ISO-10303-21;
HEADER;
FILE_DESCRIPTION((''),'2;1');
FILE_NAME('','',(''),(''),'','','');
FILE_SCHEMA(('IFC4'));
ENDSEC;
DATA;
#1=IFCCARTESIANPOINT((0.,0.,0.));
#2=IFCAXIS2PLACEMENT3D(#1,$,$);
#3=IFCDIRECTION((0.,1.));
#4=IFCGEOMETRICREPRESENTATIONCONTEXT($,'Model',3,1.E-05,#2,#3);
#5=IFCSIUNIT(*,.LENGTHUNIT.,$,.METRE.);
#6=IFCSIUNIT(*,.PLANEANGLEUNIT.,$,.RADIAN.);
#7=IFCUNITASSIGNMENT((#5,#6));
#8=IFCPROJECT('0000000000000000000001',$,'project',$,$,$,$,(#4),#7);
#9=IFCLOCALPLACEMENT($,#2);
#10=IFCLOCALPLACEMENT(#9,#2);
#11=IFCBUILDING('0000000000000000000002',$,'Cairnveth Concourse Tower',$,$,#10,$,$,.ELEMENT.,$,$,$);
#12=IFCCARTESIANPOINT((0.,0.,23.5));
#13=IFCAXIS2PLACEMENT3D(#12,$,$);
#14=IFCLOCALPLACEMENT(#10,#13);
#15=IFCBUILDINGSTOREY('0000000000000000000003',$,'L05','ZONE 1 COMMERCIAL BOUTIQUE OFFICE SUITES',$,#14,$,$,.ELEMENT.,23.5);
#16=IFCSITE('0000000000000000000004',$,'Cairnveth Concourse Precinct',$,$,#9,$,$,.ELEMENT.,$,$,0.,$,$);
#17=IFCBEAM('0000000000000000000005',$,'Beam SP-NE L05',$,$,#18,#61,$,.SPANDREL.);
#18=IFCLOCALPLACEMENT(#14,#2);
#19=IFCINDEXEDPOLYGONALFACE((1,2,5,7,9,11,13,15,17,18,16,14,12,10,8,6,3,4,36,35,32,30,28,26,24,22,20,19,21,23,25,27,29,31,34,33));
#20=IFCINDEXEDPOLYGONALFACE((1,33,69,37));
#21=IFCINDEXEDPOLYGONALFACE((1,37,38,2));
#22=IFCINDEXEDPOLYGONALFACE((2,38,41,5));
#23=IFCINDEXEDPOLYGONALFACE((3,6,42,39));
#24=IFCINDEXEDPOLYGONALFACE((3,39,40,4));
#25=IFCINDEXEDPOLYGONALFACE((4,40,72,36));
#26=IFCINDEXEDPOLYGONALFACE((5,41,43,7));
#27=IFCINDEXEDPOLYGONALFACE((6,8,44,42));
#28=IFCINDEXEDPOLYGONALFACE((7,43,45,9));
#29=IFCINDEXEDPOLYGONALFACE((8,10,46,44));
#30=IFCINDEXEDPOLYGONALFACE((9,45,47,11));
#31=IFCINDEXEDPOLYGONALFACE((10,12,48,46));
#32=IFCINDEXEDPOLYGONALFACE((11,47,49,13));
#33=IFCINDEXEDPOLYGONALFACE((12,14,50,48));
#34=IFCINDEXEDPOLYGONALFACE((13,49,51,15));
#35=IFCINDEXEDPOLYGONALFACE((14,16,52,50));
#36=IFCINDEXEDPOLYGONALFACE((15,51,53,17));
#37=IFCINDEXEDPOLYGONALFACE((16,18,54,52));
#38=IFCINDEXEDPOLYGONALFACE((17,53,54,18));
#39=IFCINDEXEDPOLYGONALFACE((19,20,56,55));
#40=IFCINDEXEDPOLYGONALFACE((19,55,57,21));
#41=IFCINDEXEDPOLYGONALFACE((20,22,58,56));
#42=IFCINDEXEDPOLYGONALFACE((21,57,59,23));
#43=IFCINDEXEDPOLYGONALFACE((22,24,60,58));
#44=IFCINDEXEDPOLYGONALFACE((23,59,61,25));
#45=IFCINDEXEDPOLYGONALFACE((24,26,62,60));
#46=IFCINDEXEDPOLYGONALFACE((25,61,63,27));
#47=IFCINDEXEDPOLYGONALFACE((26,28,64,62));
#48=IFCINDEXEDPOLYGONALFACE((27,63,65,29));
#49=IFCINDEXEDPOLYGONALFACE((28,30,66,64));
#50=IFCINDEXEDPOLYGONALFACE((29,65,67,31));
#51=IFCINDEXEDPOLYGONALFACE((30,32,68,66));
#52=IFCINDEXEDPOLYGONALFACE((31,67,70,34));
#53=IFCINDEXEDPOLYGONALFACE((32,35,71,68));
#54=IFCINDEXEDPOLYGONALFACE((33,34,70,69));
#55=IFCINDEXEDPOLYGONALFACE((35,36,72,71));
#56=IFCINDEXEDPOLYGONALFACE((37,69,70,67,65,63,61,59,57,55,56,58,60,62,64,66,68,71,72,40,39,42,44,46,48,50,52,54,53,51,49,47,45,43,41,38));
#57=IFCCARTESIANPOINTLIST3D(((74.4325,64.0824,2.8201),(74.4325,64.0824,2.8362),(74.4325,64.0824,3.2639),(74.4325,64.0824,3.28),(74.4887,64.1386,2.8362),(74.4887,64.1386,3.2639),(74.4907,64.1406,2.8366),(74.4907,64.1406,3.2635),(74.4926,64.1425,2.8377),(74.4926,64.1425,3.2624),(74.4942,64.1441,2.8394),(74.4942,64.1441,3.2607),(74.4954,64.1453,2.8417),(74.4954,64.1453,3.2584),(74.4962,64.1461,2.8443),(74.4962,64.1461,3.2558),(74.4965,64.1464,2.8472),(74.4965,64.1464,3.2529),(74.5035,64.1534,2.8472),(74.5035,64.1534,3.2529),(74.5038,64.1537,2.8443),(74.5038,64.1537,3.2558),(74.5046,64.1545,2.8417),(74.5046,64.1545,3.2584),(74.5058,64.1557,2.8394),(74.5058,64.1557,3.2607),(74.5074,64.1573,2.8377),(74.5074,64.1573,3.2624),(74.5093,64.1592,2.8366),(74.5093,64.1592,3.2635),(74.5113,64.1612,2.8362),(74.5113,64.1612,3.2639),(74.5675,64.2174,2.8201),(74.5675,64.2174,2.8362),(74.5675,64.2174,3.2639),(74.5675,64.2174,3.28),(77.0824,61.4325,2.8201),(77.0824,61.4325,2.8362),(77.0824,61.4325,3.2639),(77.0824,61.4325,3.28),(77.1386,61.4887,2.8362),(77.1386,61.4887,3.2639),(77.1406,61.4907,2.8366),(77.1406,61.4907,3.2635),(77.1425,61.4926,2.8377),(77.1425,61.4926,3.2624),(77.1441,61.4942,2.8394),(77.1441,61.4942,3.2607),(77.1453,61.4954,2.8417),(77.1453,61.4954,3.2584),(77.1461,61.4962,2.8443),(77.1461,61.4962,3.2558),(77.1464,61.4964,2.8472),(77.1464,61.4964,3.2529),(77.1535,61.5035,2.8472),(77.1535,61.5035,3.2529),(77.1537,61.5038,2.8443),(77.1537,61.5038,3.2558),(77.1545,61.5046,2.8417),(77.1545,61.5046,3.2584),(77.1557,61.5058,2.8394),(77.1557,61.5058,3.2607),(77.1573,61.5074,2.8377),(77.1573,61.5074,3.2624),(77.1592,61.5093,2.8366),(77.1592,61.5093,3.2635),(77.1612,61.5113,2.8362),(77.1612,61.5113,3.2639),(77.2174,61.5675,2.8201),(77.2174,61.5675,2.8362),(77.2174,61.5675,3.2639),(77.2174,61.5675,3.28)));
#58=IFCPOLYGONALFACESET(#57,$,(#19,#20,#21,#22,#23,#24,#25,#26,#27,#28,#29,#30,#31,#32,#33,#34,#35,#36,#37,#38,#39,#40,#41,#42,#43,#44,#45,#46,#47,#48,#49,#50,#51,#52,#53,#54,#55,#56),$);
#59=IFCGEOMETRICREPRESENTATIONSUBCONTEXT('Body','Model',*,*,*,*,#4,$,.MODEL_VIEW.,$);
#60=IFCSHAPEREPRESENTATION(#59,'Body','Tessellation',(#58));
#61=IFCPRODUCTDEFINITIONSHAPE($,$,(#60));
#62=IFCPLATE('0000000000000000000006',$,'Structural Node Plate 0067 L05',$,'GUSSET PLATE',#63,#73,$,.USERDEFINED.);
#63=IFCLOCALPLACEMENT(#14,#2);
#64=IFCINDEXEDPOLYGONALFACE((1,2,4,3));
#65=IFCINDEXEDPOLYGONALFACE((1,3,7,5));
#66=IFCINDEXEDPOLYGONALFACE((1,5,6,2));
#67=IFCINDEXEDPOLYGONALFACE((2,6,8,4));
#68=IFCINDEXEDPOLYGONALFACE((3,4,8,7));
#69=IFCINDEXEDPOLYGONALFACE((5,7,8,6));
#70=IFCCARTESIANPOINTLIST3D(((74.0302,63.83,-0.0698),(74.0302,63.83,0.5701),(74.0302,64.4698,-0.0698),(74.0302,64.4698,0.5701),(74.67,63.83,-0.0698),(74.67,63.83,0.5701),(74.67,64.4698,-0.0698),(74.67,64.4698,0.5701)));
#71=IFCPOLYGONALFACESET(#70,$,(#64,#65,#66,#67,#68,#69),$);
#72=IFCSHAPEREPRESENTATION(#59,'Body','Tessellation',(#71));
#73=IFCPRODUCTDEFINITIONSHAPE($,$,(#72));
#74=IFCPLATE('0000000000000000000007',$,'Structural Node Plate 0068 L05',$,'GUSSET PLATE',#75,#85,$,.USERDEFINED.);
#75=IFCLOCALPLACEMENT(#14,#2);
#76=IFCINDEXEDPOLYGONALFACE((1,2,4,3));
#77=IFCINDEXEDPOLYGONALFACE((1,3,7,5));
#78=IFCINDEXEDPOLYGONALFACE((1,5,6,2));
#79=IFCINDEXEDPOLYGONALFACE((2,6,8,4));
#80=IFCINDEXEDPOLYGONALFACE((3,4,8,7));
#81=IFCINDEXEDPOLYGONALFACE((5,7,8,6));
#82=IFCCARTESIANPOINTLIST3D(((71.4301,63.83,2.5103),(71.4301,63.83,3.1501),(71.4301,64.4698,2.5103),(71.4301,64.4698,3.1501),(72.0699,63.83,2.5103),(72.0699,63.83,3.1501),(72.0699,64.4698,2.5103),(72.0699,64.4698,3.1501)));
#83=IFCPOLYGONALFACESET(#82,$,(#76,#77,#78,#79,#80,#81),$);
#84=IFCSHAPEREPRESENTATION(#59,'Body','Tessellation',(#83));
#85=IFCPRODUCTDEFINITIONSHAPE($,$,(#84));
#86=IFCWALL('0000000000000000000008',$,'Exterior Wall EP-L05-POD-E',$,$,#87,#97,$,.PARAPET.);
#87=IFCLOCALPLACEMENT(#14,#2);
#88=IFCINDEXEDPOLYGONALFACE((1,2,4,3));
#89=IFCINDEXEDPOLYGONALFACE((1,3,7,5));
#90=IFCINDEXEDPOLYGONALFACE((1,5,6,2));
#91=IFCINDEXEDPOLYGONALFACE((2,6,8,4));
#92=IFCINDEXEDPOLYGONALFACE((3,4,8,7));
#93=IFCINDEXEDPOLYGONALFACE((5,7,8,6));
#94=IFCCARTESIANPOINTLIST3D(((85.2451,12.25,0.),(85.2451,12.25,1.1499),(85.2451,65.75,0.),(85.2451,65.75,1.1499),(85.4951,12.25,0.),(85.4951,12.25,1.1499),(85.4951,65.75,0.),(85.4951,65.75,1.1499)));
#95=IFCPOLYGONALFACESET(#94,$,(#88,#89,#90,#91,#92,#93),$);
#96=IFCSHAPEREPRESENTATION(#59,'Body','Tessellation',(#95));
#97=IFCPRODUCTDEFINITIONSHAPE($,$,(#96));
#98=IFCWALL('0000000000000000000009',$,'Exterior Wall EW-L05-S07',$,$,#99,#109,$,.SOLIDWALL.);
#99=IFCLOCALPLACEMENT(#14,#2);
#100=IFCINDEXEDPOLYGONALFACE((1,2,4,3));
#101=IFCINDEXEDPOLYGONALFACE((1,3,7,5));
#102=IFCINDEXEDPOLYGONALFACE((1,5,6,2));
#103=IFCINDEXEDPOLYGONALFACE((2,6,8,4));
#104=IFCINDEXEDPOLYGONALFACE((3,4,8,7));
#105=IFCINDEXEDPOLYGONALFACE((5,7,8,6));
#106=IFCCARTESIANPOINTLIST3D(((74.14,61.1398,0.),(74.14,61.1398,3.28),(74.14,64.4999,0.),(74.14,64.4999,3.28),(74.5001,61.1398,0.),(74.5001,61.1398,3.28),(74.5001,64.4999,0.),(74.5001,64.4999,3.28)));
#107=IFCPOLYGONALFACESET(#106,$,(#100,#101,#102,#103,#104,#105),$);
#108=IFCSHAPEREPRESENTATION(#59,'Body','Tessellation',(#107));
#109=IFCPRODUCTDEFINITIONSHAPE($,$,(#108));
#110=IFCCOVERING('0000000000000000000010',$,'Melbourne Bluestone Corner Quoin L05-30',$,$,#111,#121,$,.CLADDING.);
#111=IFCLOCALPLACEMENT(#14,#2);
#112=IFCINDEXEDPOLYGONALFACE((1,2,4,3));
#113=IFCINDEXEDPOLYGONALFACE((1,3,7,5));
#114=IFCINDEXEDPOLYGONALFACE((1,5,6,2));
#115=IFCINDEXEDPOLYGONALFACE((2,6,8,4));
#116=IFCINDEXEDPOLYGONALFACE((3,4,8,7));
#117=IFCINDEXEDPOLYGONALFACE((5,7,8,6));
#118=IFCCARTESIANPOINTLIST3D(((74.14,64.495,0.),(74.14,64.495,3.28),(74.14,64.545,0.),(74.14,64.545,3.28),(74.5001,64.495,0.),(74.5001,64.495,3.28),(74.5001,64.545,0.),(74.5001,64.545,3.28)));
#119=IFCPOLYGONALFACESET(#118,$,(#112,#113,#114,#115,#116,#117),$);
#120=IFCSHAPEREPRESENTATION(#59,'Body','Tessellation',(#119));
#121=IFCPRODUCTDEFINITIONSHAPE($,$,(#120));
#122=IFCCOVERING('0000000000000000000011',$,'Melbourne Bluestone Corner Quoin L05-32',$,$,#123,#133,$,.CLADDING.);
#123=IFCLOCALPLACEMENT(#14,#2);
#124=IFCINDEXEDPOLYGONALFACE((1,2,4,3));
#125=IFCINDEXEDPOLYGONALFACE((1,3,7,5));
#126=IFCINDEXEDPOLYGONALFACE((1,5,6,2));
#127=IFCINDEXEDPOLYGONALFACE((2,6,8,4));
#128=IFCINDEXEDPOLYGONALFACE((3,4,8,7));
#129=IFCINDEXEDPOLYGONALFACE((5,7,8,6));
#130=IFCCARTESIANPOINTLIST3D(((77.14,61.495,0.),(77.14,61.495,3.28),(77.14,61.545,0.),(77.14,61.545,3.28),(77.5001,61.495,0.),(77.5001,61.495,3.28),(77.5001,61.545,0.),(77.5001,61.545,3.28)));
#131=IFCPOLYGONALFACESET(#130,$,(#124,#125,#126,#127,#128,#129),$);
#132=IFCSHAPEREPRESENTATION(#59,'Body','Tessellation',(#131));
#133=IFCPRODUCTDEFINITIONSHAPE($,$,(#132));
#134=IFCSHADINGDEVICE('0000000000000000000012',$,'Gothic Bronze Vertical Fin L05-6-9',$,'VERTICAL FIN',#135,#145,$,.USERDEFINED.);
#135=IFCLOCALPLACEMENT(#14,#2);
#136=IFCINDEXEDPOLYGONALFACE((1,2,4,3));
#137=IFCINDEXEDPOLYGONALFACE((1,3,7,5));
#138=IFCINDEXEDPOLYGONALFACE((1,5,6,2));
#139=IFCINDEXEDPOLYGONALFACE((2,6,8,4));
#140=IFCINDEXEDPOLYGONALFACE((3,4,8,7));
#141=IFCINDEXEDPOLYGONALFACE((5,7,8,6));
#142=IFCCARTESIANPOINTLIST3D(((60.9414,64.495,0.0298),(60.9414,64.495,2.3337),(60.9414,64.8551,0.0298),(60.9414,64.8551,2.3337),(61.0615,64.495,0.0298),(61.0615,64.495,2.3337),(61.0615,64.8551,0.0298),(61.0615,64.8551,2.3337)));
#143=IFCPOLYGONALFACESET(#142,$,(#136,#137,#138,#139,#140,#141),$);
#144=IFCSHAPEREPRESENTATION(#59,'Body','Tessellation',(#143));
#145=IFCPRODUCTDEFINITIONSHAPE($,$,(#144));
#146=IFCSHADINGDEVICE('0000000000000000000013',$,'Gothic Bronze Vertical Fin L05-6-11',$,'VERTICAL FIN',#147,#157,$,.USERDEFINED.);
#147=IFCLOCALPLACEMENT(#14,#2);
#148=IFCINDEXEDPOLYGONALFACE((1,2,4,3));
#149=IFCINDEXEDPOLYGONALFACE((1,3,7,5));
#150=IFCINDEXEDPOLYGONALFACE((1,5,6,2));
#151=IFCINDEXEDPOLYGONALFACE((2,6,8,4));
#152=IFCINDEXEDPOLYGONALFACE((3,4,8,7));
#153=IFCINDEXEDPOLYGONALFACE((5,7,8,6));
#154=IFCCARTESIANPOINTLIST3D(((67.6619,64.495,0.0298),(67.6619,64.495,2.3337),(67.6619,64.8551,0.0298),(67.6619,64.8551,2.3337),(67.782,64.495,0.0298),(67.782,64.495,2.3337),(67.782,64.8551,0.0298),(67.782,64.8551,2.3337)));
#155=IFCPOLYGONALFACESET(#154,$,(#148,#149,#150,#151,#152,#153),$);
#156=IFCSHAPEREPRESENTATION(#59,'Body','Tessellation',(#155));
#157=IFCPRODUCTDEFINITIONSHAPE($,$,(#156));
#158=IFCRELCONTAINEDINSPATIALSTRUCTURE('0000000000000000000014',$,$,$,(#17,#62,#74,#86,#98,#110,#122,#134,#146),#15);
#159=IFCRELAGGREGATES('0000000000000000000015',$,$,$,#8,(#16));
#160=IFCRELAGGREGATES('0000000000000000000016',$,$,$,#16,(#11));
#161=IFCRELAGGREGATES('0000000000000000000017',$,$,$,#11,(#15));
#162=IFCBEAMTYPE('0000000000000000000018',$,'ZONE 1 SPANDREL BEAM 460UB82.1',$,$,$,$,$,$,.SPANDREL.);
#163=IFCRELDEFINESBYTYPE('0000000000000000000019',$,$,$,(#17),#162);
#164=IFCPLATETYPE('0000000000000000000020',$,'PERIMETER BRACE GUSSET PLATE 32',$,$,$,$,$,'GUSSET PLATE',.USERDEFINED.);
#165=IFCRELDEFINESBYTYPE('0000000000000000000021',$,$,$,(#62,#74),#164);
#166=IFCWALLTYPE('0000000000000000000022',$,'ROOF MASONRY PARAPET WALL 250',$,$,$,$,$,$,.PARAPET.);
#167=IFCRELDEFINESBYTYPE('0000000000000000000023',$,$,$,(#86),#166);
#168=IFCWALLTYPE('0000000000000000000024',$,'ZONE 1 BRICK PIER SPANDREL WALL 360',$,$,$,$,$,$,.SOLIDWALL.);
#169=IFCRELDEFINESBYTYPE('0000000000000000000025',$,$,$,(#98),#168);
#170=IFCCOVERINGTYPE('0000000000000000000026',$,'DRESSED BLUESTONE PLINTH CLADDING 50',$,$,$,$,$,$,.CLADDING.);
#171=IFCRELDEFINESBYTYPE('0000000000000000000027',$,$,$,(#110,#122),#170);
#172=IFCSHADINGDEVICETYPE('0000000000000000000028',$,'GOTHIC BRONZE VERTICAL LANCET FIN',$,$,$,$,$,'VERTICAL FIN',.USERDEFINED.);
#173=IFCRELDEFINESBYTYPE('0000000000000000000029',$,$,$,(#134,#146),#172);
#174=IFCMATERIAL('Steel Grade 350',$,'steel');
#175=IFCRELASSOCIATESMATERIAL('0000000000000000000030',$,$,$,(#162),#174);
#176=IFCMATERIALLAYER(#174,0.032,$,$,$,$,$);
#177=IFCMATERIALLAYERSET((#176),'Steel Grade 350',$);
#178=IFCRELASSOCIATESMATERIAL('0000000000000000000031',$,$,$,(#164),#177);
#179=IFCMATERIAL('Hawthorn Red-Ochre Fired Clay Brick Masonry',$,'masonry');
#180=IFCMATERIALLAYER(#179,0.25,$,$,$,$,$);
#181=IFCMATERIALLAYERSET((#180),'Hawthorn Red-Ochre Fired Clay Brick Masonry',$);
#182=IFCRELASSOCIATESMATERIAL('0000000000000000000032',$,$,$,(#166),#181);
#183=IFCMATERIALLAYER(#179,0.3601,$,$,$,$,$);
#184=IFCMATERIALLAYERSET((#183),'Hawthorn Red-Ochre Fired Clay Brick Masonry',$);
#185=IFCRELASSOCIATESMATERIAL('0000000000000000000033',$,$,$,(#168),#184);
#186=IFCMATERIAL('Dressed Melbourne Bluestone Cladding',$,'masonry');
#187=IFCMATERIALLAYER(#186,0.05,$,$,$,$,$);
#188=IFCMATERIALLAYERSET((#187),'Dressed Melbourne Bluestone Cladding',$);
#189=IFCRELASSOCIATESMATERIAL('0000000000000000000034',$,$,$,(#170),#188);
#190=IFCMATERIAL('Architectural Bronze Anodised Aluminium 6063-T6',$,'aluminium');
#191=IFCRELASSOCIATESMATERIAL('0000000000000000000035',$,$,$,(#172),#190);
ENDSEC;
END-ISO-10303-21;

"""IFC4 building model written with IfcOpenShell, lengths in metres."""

from ifc_helpers import new_model, si_unit, direction, frame, frame_2d, origin, origin_2d, place, context, subcontext, project, spatial, rectangle, i_section, extrude, material, layer, layer_set, material_profile, profile_set, type_object, element, save


model = new_model("IFC4")

# Units and contexts
model_context = context("Model", 3, precision=1e-05, world=origin(), true_north=direction((0.0, 1.0)))
body_context = subcontext(model_context, "Body", "Model", "MODEL_VIEW")
ifc_project = project(units=[si_unit("LENGTHUNIT", "METRE"), si_unit("PLANEANGLEUNIT", "RADIAN")], contexts=[model_context])

# Site, building, storey
site_placement = place(None, origin())
site = spatial("IfcSite", under=ifc_project, at=site_placement, Name="Cairnveth Concourse Precinct", CompositionType="ELEMENT", RefElevation=0.0)
building_placement = place(site_placement, origin())
building = spatial("IfcBuilding", under=site, at=building_placement, Name="Cairnveth Concourse Tower", CompositionType="ELEMENT")
storey_placement = place(building_placement, frame((0.0, 0.0, 23.5)))
storey = spatial("IfcBuildingStorey", under=building, at=storey_placement, Name="L05", Description="ZONE 1 COMMERCIAL BOUTIQUE OFFICE SUITES", CompositionType="ELEMENT", Elevation=23.5)

# Shared definitions
ifc_material_1 = material(Name="Steel Grade 350", Category="steel")

# Beam
ifc_material_profile_1 = material_profile(ifc_material_1, i_section(OverallWidth=0.1909, OverallDepth=0.46, WebThickness=0.01, FlangeThickness=0.0161, FilletRadius=0.011, at=origin_2d()), Name="460UB82.1")
ifc_profile_set_1 = profile_set([ifc_material_profile_1], Name="Steel Grade 350")
beam_type_1 = type_object("IfcBeamType", Name="ZONE 1 SPANDREL BEAM 460UB82.1", PredefinedType="SPANDREL", material=ifc_profile_set_1)
beam_1_placement = place(storey_placement, frame((74.5, 64.1499, 3.05), z_axis=(0.707107, -0.707107, 0.0), x_axis=(0.707107, 0.707107, 0.0)))
element("IfcBeam", 1, at=beam_1_placement, inside=storey, type_object=beam_type_1, Name="Beam SP-NE L05", PredefinedType="SPANDREL", context=body_context, shape_type="SweptSolid", body=[
    extrude(i_section(OverallWidth=0.1909, OverallDepth=0.46, WebThickness=0.01, FlangeThickness=0.0161, FilletRadius=0.011, at=origin_2d()), origin(), (0.0, 0.0, 1.0), 3.7476),
])

# Plates
ifc_layer_1 = layer(ifc_material_1, 0.032)
ifc_layer_set_1 = layer_set([ifc_layer_1], Name="Steel Grade 350")
plate_type = type_object("IfcPlateType", Name="PERIMETER BRACE GUSSET PLATE 32", ElementType="GUSSET PLATE", PredefinedType="USERDEFINED", material=ifc_layer_set_1)
for number, where, z_axis, x_axis, name in (
    (2, (74.3501, 64.1499, -0.0698), (0.0, 0.0, 1.0), (1.0, 0.0, 0.0), "Structural Node Plate 0067 L05"),
    (3, (71.75, 64.1499, 2.5103), (0.0, 0.0, 1.0), (1.0, 0.0, 0.0), "Structural Node Plate 0068 L05"),
):
    element("IfcPlate", number, at=place(storey_placement, frame(where, z_axis=z_axis, x_axis=x_axis)), inside=storey, type_object=plate_type, Name=name, ObjectType="GUSSET PLATE", PredefinedType="USERDEFINED", context=body_context, shape_type="SweptSolid", body=[
        extrude(rectangle(XDim=0.6399, YDim=0.6399, at=origin_2d()), origin(), (0.0, 0.0, 1.0), 0.6399),
    ])

# Walls
ifc_material_2 = material(Name="Hawthorn Red-Ochre Fired Clay Brick Masonry", Category="masonry")
ifc_layer_2 = layer(ifc_material_2, 0.25)
ifc_layer_set_2 = layer_set([ifc_layer_2], Name="Hawthorn Red-Ochre Fired Clay Brick Masonry")
wall_type_1 = type_object("IfcWallType", Name="ROOF MASONRY PARAPET WALL 250", PredefinedType="PARAPET", material=ifc_layer_set_2)
wall_1_placement = place(storey_placement, frame((85.3701, 65.75, 0.0), z_axis=(0.0, 0.0, 1.0), x_axis=(0.0, -1.0, 0.0)))
element("IfcWall", 4, at=wall_1_placement, inside=storey, type_object=wall_type_1, Name="Exterior Wall EP-L05-POD-E", PredefinedType="PARAPET", context=body_context, shape_type="SweptSolid", body=[
    extrude(rectangle(XDim=53.5, YDim=0.25, at=frame_2d((26.75, 0.0))), origin(), (0.0, 0.0, 1.0), 1.1499),
])
ifc_layer_3 = layer(ifc_material_2, 0.3601)
ifc_layer_set_3 = layer_set([ifc_layer_3], Name="Hawthorn Red-Ochre Fired Clay Brick Masonry")
wall_type_2 = type_object("IfcWallType", Name="ZONE 1 BRICK PIER SPANDREL WALL 360", PredefinedType="SOLIDWALL", material=ifc_layer_set_3)
wall_2_placement = place(storey_placement, frame((74.3201, 64.5, 0.0), z_axis=(0.0, 0.0, 1.0), x_axis=(0.0, -1.0, 0.0)))
element("IfcWall", 5, at=wall_2_placement, inside=storey, type_object=wall_type_2, Name="Exterior Wall EW-L05-S07", PredefinedType="SOLIDWALL", context=body_context, shape_type="SweptSolid", body=[
    extrude(rectangle(XDim=3.3601, YDim=0.3601, at=frame_2d((1.6802, 0.0))), origin(), (0.0, 0.0, 1.0), 3.28),
])

# Coverings
ifc_material_3 = material(Name="Dressed Melbourne Bluestone Cladding", Category="masonry")
ifc_layer_4 = layer(ifc_material_3, 0.05)
ifc_layer_set_4 = layer_set([ifc_layer_4], Name="Dressed Melbourne Bluestone Cladding")
covering_type = type_object("IfcCoveringType", Name="DRESSED BLUESTONE PLINTH CLADDING 50", PredefinedType="CLADDING", material=ifc_layer_set_4)
for number, where, z_axis, x_axis, name in (
    (6, (74.1399, 64.52, 0.0), (0.0, 0.0, 1.0), (1.0, 0.0, 0.0), "Melbourne Bluestone Corner Quoin L05-30"),
    (7, (77.1399, 61.52, 0.0), (0.0, 0.0, 1.0), (1.0, 0.0, 0.0), "Melbourne Bluestone Corner Quoin L05-32"),
):
    element("IfcCovering", number, at=place(storey_placement, frame(where, z_axis=z_axis, x_axis=x_axis)), inside=storey, type_object=covering_type, Name=name, PredefinedType="CLADDING", context=body_context, shape_type="SweptSolid", body=[
        extrude(rectangle(XDim=0.3601, YDim=0.05, at=frame_2d((0.1802, 0.0))), origin(), (0.0, 0.0, 1.0), 3.28),
    ])

# Shading devices
ifc_material_4 = material(Name="Architectural Bronze Anodised Aluminium 6063-T6", Category="aluminium")
shading_device_type = type_object("IfcShadingDeviceType", Name="GOTHIC BRONZE VERTICAL LANCET FIN", ElementType="VERTICAL FIN", PredefinedType="USERDEFINED", material=ifc_material_4)
for number, where, z_axis, x_axis, name in (
    (8, (61.0015, 64.675, 0.0298), (0.0, 0.0, 1.0), (1.0, 0.0, 0.0), "Gothic Bronze Vertical Fin L05-6-9"),
    (9, (67.7219, 64.675, 0.0298), (0.0, 0.0, 1.0), (1.0, 0.0, 0.0), "Gothic Bronze Vertical Fin L05-6-11"),
):
    element("IfcShadingDevice", number, at=place(storey_placement, frame(where, z_axis=z_axis, x_axis=x_axis)), inside=storey, type_object=shading_device_type, Name=name, ObjectType="VERTICAL FIN", PredefinedType="USERDEFINED", context=body_context, shape_type="SweptSolid", body=[
        extrude(rectangle(XDim=0.1201, YDim=0.3601, at=origin_2d()), origin(), (0.0, 0.0, 1.0), 2.304),
    ])

save(model, "model.ifc")
